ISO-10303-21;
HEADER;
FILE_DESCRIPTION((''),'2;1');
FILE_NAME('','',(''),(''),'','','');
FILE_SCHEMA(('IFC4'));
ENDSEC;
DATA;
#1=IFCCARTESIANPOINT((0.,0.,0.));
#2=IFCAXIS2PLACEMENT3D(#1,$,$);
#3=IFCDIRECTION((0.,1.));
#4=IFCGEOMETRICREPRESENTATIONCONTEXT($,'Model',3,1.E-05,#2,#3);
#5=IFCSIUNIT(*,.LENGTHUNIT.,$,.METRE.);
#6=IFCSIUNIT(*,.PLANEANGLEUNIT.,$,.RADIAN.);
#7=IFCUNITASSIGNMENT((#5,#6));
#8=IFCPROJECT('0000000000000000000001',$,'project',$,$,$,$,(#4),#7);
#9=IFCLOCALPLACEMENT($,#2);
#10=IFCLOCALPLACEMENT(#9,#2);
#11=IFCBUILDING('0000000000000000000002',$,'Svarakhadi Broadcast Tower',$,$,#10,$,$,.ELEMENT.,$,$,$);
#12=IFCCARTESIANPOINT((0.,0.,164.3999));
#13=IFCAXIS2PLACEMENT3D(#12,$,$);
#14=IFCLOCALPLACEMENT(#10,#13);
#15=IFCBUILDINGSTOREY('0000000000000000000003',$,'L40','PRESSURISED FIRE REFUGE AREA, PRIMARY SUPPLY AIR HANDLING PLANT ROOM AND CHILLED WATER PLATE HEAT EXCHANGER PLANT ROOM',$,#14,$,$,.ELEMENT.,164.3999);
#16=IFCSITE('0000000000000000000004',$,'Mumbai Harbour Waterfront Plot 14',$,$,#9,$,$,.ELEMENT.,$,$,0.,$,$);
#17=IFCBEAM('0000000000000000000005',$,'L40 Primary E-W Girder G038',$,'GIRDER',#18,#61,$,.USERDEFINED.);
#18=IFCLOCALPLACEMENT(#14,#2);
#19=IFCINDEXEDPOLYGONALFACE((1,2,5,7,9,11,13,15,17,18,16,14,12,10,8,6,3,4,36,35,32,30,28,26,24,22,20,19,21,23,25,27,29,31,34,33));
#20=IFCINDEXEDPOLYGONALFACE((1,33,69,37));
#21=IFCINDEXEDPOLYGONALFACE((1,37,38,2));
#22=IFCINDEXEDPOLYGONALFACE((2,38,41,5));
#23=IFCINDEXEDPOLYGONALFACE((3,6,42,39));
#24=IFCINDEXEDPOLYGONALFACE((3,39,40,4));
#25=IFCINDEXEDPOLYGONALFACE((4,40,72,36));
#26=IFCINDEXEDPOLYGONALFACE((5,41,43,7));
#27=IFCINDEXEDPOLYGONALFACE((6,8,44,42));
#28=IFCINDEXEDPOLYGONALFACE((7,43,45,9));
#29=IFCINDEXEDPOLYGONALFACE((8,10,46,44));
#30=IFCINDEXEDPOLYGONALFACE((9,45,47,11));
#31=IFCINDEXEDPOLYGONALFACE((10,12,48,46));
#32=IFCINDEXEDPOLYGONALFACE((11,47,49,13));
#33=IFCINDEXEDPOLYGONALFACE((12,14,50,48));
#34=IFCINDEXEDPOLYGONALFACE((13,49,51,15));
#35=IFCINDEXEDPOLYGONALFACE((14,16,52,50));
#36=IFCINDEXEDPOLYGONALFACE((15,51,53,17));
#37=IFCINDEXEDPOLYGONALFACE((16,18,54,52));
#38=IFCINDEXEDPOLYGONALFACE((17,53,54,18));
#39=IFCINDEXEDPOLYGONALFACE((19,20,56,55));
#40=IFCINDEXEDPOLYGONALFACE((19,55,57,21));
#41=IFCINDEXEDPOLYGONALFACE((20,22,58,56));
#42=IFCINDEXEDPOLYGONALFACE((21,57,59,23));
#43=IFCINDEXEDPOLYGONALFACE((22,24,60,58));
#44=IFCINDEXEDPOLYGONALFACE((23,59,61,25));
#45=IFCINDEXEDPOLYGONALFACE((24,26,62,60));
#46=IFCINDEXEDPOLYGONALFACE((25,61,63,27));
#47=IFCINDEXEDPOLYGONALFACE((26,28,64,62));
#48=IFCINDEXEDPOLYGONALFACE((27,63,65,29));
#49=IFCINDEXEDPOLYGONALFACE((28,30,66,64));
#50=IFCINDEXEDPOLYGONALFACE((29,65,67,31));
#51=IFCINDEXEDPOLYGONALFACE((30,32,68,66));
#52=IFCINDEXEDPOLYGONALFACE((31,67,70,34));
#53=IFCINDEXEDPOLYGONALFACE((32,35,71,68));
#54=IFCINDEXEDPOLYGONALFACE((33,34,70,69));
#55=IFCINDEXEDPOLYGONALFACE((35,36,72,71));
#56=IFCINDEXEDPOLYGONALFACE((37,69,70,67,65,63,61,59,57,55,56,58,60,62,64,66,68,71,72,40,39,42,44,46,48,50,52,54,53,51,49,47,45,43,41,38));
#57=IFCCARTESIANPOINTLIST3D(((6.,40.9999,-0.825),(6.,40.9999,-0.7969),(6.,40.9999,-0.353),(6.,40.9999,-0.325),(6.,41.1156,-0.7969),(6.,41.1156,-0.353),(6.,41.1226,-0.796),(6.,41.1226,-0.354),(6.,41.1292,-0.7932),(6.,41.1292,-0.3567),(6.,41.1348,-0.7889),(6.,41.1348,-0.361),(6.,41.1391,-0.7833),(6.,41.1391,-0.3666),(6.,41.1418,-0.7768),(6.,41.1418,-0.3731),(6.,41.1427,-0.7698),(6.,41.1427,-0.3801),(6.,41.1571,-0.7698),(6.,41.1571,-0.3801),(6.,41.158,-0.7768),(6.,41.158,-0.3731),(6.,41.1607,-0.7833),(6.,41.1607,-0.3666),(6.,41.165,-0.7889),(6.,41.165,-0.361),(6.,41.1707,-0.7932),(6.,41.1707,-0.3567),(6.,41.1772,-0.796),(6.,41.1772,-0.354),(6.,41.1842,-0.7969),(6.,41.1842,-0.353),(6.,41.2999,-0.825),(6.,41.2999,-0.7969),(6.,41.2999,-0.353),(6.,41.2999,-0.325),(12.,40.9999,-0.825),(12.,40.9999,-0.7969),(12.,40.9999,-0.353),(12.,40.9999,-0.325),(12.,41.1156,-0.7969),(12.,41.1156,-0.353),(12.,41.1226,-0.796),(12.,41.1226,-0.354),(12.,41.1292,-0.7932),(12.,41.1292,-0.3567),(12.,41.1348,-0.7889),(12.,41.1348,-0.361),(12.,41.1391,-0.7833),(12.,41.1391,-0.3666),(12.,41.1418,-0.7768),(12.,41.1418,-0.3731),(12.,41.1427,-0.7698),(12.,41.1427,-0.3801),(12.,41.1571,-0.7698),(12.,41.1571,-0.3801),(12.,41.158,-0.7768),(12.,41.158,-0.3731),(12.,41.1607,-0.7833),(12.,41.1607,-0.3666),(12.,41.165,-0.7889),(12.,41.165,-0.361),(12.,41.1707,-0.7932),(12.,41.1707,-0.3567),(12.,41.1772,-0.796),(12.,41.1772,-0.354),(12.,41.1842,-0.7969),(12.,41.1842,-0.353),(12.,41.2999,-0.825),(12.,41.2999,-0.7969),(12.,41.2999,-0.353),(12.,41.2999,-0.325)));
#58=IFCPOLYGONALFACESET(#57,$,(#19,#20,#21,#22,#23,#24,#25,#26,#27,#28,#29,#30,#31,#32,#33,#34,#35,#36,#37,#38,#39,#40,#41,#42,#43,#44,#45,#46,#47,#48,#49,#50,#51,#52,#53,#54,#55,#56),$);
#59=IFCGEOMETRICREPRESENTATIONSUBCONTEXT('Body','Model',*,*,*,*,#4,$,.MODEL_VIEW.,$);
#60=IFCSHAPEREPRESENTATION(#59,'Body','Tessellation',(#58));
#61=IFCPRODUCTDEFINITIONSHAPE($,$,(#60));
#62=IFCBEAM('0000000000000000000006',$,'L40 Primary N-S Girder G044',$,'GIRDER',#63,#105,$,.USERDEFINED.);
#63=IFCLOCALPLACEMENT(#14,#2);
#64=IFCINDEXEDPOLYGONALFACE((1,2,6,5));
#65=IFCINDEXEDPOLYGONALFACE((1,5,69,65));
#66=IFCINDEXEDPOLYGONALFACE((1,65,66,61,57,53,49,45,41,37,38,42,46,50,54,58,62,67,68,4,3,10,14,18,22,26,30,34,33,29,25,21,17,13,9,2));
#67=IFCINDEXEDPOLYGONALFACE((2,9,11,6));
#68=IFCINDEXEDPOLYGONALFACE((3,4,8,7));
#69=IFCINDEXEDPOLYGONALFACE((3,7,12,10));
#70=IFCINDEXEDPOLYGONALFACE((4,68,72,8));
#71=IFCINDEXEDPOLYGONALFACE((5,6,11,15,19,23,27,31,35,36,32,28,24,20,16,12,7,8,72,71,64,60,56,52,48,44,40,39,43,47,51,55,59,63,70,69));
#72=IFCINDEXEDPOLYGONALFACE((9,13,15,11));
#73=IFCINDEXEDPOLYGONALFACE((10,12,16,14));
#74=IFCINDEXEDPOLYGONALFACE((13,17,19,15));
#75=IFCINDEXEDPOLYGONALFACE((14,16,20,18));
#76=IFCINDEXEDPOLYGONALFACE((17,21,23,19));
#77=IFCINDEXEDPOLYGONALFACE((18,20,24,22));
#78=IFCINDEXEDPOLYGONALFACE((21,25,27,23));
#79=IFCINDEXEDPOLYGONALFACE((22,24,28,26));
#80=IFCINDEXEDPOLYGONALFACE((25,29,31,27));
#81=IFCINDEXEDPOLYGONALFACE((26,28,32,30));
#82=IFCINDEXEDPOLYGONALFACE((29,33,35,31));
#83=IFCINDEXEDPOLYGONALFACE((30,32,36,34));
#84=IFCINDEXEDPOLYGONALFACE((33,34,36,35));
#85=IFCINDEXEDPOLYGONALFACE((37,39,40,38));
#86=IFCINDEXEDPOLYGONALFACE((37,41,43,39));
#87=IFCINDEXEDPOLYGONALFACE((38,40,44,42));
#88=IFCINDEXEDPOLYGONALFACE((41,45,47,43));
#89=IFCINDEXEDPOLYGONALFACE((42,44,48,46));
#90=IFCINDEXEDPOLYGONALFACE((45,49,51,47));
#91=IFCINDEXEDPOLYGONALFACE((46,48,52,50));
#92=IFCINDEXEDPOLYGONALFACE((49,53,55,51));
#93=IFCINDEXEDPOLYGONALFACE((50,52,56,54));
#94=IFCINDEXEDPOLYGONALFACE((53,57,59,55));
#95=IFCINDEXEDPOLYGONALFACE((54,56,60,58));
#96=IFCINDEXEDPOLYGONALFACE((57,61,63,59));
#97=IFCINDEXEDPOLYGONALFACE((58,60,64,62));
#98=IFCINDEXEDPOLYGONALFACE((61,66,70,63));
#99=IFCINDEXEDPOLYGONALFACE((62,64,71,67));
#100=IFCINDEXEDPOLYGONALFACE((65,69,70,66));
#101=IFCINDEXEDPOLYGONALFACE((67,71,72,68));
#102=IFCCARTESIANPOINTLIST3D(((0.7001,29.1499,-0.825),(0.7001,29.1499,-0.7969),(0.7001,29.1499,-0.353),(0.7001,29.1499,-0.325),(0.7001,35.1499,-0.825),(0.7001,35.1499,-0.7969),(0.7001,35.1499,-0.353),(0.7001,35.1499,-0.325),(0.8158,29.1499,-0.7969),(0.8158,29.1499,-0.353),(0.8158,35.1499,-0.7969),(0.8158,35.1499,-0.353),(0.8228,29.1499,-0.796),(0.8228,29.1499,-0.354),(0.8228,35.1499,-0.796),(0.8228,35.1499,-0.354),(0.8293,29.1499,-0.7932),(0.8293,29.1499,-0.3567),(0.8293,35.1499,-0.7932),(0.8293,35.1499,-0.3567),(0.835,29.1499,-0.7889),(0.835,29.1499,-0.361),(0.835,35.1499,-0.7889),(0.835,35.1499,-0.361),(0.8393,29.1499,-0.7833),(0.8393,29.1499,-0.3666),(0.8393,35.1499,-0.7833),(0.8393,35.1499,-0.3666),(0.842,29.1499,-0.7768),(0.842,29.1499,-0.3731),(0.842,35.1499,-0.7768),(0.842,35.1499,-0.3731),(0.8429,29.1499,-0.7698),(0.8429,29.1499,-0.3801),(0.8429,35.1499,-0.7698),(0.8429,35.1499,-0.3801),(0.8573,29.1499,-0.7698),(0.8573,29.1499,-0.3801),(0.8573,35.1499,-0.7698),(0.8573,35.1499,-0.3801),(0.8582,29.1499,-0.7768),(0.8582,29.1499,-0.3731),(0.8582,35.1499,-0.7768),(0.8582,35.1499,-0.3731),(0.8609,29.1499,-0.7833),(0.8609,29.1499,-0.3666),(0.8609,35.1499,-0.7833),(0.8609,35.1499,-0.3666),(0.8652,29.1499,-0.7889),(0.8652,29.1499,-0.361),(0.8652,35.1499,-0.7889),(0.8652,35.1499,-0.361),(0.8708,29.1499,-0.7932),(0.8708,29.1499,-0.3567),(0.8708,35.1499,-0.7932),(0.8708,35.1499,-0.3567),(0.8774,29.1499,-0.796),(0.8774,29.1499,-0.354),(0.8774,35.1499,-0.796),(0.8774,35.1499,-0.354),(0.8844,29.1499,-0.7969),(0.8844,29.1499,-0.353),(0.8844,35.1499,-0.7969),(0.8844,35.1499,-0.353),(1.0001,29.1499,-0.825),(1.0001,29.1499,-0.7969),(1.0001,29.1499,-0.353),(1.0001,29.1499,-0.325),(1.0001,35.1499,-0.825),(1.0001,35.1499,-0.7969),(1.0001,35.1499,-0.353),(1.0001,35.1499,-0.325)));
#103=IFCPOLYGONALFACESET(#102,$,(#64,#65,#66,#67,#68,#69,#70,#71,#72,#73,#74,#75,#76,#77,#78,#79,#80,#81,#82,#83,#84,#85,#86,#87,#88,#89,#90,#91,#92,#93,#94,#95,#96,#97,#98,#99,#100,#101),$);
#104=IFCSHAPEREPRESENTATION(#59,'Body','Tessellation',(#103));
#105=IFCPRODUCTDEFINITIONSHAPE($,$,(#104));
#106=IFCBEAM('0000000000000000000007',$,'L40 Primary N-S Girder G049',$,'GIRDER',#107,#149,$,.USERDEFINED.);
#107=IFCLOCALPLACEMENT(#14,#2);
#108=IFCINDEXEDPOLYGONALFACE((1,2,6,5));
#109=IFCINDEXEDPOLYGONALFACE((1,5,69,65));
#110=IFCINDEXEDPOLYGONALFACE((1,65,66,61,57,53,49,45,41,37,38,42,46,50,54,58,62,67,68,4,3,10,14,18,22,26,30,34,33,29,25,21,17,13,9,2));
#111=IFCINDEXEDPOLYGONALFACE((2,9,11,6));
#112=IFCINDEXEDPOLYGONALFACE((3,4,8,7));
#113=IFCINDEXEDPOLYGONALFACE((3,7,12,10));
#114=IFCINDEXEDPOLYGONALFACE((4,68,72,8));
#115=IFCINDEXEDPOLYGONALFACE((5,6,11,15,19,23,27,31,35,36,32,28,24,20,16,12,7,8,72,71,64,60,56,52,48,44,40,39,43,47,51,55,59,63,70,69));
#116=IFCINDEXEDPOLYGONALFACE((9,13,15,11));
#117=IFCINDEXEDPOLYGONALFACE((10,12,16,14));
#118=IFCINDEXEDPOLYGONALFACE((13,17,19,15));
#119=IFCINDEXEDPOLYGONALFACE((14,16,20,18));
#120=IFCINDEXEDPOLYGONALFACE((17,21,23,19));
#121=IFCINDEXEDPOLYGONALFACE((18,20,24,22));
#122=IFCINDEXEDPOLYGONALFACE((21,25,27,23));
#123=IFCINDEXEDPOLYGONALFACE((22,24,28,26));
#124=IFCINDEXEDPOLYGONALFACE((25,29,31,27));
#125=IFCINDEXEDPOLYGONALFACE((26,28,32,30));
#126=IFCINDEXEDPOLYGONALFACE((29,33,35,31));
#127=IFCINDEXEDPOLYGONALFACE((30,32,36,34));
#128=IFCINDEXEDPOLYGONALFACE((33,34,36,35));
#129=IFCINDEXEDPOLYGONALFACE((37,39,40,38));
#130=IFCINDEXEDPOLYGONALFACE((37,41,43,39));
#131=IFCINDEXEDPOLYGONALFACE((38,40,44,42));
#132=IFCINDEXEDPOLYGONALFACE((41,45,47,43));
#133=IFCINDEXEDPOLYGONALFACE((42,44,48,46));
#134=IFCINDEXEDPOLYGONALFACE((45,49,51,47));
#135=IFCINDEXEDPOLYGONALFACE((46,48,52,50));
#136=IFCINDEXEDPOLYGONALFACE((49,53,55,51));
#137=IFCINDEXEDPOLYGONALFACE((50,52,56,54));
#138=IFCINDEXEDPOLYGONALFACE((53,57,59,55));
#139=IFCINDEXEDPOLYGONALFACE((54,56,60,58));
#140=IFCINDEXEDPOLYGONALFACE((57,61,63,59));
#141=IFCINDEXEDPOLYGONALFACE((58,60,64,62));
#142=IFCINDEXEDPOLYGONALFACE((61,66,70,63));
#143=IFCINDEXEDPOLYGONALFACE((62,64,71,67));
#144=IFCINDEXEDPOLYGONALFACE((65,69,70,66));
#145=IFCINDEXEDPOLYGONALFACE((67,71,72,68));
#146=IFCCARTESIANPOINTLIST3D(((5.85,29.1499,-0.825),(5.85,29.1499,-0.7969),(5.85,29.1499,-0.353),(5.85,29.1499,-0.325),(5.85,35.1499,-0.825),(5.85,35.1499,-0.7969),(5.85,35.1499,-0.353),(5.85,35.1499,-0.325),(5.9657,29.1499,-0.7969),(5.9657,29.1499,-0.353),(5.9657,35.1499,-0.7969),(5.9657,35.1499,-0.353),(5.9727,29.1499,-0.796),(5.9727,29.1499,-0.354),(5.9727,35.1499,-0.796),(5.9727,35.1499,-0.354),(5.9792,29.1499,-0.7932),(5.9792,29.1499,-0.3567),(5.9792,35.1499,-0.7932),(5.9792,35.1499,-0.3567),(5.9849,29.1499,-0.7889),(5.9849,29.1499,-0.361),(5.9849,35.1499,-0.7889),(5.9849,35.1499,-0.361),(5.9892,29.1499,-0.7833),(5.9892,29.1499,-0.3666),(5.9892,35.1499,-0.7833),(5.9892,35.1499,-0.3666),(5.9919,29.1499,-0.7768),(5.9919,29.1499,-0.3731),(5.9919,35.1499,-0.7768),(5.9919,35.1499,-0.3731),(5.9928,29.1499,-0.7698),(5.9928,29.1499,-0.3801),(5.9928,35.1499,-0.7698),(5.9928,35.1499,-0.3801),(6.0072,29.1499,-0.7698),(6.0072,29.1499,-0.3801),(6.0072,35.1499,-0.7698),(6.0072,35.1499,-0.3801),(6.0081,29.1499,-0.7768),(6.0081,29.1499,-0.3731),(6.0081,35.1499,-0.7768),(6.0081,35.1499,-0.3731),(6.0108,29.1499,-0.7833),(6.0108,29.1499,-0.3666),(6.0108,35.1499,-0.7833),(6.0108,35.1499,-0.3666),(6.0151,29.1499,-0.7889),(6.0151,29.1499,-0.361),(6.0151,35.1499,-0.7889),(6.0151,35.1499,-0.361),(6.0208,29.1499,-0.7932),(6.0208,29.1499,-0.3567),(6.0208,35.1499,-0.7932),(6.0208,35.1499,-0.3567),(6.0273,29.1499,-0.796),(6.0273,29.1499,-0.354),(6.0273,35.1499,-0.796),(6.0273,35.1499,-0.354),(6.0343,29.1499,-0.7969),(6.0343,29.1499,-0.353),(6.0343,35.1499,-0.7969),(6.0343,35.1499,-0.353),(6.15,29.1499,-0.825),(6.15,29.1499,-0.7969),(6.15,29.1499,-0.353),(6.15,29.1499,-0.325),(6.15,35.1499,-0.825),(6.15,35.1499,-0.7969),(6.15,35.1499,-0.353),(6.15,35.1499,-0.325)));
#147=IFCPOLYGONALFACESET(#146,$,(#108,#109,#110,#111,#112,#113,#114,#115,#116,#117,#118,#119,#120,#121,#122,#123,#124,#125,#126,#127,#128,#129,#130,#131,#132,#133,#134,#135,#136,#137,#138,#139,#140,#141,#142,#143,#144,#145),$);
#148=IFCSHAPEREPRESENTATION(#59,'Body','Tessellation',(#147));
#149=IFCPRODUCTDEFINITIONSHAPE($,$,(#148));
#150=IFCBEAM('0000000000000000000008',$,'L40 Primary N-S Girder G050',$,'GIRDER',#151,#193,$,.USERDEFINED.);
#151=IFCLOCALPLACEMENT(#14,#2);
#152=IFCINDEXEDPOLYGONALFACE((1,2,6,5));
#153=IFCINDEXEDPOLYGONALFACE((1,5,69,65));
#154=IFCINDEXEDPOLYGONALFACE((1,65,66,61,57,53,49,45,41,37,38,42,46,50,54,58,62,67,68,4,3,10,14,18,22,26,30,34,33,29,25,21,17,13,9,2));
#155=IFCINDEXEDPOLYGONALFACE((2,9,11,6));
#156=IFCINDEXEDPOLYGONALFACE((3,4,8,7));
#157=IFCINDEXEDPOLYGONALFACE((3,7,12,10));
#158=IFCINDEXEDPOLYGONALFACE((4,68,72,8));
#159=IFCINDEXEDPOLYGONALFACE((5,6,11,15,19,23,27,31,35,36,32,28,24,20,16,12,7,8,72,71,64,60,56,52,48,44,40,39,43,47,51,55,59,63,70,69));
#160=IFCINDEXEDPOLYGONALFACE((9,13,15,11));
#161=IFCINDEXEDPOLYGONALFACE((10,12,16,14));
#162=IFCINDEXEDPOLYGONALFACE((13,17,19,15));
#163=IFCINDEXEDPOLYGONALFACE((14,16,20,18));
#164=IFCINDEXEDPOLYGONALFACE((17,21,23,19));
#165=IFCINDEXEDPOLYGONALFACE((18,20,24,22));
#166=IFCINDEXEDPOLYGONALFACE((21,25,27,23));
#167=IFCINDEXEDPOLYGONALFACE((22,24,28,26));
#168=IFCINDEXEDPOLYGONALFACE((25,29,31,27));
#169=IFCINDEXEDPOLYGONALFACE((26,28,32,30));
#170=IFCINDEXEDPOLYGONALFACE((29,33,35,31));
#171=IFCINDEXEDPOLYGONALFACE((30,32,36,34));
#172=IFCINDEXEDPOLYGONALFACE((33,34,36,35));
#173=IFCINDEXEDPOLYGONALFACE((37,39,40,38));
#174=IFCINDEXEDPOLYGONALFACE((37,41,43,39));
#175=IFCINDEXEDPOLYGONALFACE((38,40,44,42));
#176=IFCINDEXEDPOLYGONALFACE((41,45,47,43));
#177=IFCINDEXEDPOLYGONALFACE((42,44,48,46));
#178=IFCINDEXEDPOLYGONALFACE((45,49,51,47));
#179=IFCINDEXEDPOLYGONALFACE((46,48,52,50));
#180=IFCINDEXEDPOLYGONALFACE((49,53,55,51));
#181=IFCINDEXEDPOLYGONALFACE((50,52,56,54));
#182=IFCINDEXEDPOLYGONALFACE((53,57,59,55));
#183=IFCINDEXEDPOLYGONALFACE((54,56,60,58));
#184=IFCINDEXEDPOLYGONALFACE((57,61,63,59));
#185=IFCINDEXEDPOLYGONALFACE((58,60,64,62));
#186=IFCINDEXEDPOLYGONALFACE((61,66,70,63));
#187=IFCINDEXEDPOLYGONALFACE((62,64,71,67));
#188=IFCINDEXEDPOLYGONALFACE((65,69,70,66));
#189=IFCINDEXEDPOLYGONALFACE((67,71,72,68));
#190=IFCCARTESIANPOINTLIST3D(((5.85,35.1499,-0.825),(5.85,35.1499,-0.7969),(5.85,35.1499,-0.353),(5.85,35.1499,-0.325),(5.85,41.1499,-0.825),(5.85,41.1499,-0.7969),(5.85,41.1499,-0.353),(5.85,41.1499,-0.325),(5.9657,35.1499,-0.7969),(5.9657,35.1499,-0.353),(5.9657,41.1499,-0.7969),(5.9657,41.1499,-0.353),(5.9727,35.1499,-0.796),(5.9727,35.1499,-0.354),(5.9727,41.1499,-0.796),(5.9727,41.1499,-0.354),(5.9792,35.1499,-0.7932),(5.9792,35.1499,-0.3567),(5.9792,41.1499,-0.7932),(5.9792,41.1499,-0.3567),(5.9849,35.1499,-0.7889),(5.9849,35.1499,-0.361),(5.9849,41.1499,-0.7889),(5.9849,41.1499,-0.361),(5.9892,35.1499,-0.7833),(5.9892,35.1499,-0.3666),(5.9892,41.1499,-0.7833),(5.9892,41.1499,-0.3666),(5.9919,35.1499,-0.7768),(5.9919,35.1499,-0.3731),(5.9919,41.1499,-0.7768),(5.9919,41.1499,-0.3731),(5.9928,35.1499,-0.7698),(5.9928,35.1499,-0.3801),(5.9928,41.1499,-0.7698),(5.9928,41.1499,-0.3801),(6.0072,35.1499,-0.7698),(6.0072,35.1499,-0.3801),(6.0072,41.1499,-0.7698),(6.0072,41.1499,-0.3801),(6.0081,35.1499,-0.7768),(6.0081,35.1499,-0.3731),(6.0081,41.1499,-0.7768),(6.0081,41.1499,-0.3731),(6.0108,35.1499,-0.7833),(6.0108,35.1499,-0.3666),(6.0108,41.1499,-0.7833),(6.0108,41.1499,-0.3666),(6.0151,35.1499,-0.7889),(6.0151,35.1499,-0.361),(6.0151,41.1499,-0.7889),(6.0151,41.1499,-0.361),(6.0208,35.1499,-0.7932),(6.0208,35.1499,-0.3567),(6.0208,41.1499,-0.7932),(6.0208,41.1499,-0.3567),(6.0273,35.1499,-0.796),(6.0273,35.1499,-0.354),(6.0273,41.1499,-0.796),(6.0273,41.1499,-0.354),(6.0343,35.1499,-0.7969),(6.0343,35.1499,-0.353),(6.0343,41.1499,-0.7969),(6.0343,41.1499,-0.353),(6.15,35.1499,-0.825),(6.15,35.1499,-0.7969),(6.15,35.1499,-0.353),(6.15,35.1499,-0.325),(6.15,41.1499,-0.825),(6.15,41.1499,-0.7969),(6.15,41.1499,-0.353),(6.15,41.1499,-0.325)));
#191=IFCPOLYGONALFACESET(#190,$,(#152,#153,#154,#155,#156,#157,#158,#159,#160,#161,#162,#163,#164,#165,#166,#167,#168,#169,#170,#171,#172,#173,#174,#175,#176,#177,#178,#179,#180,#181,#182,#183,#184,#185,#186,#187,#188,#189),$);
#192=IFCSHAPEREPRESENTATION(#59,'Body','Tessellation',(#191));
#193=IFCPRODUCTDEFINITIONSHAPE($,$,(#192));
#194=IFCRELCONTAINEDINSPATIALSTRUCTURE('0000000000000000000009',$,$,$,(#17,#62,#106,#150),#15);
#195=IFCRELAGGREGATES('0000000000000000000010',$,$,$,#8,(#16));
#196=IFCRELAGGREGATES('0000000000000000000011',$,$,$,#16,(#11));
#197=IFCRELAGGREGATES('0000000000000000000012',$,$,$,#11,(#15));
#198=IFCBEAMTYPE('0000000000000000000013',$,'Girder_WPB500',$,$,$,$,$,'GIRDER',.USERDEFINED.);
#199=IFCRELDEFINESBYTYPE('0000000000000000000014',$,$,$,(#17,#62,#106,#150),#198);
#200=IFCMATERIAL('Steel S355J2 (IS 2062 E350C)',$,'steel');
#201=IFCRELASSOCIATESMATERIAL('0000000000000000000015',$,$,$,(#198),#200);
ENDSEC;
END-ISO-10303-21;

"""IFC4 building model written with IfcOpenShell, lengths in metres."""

from ifc_helpers import new_model, si_unit, direction, frame, origin, origin_2d, place, context, subcontext, project, spatial, i_section, extrude, material, material_profile, profile_set, type_object, element, save


model = new_model("IFC4")

# Units and contexts
model_context = context("Model", 3, precision=1e-05, world=origin(), true_north=direction((0.0, 1.0)))
body_context = subcontext(model_context, "Body", "Model", "MODEL_VIEW")
ifc_project = project(units=[si_unit("LENGTHUNIT", "METRE"), si_unit("PLANEANGLEUNIT", "RADIAN")], contexts=[model_context])

# Site, building, storey
site_placement = place(None, origin())
site = spatial("IfcSite", under=ifc_project, at=site_placement, Name="Mumbai Harbour Waterfront Plot 14", CompositionType="ELEMENT", RefElevation=0.0)
building_placement = place(site_placement, origin())
building = spatial("IfcBuilding", under=site, at=building_placement, Name="Svarakhadi Broadcast Tower", CompositionType="ELEMENT")
storey_placement = place(building_placement, frame((0.0, 0.0, 164.3999)))
storey = spatial("IfcBuildingStorey", under=building, at=storey_placement, Name="L40", Description="PRESSURISED FIRE REFUGE AREA, PRIMARY SUPPLY AIR HANDLING PLANT ROOM AND CHILLED WATER PLATE HEAT EXCHANGER PLANT ROOM", CompositionType="ELEMENT", Elevation=164.3999)

# Shared definitions
ifc_material_1 = material(Name="Steel S355J2 (IS 2062 E350C)", Category="steel")

# Beams
ifc_material_profile_1 = material_profile(ifc_material_1, i_section(OverallWidth=0.3, OverallDepth=0.5, WebThickness=0.0144, FlangeThickness=0.0281, FilletRadius=0.0271, at=origin_2d()), Name="WPB 500x300x187")
ifc_profile_set_1 = profile_set([ifc_material_profile_1], Name="Steel S355J2 (IS 2062 E350C)")
beam_type_1 = type_object("IfcBeamType", Name="Girder_WPB500", ElementType="GIRDER", PredefinedType="USERDEFINED", material=ifc_profile_set_1)
for number, where, z_axis, x_axis, name in (
    (1, (6.0, 41.1499, -0.575), (1.0, 0.0, 0.0), (0.0, 1.0, 0.0), "L40 Primary E-W Girder G038"),
    (2, (0.8501, 29.1499, -0.575), (0.0, 1.0, 0.0), (-1.0, 0.0, 0.0), "L40 Primary N-S Girder G044"),
    (3, (6.0, 29.1499, -0.575), (0.0, 1.0, 0.0), (-1.0, 0.0, 0.0), "L40 Primary N-S Girder G049"),
    (4, (6.0, 35.1499, -0.575), (0.0, 1.0, 0.0), (-1.0, 0.0, 0.0), "L40 Primary N-S Girder G050"),
):
    element("IfcBeam", number, at=place(storey_placement, frame(where, z_axis=z_axis, x_axis=x_axis)), inside=storey, type_object=beam_type_1, Name=name, ObjectType="GIRDER", PredefinedType="USERDEFINED", context=body_context, shape_type="SweptSolid", body=[
        extrude(i_section(OverallWidth=0.3, OverallDepth=0.5, WebThickness=0.0144, FlangeThickness=0.0281, FilletRadius=0.0271, at=origin_2d()), origin(), (0.0, 0.0, 1.0), 6.0),
    ])

save(model, "model.ifc")
